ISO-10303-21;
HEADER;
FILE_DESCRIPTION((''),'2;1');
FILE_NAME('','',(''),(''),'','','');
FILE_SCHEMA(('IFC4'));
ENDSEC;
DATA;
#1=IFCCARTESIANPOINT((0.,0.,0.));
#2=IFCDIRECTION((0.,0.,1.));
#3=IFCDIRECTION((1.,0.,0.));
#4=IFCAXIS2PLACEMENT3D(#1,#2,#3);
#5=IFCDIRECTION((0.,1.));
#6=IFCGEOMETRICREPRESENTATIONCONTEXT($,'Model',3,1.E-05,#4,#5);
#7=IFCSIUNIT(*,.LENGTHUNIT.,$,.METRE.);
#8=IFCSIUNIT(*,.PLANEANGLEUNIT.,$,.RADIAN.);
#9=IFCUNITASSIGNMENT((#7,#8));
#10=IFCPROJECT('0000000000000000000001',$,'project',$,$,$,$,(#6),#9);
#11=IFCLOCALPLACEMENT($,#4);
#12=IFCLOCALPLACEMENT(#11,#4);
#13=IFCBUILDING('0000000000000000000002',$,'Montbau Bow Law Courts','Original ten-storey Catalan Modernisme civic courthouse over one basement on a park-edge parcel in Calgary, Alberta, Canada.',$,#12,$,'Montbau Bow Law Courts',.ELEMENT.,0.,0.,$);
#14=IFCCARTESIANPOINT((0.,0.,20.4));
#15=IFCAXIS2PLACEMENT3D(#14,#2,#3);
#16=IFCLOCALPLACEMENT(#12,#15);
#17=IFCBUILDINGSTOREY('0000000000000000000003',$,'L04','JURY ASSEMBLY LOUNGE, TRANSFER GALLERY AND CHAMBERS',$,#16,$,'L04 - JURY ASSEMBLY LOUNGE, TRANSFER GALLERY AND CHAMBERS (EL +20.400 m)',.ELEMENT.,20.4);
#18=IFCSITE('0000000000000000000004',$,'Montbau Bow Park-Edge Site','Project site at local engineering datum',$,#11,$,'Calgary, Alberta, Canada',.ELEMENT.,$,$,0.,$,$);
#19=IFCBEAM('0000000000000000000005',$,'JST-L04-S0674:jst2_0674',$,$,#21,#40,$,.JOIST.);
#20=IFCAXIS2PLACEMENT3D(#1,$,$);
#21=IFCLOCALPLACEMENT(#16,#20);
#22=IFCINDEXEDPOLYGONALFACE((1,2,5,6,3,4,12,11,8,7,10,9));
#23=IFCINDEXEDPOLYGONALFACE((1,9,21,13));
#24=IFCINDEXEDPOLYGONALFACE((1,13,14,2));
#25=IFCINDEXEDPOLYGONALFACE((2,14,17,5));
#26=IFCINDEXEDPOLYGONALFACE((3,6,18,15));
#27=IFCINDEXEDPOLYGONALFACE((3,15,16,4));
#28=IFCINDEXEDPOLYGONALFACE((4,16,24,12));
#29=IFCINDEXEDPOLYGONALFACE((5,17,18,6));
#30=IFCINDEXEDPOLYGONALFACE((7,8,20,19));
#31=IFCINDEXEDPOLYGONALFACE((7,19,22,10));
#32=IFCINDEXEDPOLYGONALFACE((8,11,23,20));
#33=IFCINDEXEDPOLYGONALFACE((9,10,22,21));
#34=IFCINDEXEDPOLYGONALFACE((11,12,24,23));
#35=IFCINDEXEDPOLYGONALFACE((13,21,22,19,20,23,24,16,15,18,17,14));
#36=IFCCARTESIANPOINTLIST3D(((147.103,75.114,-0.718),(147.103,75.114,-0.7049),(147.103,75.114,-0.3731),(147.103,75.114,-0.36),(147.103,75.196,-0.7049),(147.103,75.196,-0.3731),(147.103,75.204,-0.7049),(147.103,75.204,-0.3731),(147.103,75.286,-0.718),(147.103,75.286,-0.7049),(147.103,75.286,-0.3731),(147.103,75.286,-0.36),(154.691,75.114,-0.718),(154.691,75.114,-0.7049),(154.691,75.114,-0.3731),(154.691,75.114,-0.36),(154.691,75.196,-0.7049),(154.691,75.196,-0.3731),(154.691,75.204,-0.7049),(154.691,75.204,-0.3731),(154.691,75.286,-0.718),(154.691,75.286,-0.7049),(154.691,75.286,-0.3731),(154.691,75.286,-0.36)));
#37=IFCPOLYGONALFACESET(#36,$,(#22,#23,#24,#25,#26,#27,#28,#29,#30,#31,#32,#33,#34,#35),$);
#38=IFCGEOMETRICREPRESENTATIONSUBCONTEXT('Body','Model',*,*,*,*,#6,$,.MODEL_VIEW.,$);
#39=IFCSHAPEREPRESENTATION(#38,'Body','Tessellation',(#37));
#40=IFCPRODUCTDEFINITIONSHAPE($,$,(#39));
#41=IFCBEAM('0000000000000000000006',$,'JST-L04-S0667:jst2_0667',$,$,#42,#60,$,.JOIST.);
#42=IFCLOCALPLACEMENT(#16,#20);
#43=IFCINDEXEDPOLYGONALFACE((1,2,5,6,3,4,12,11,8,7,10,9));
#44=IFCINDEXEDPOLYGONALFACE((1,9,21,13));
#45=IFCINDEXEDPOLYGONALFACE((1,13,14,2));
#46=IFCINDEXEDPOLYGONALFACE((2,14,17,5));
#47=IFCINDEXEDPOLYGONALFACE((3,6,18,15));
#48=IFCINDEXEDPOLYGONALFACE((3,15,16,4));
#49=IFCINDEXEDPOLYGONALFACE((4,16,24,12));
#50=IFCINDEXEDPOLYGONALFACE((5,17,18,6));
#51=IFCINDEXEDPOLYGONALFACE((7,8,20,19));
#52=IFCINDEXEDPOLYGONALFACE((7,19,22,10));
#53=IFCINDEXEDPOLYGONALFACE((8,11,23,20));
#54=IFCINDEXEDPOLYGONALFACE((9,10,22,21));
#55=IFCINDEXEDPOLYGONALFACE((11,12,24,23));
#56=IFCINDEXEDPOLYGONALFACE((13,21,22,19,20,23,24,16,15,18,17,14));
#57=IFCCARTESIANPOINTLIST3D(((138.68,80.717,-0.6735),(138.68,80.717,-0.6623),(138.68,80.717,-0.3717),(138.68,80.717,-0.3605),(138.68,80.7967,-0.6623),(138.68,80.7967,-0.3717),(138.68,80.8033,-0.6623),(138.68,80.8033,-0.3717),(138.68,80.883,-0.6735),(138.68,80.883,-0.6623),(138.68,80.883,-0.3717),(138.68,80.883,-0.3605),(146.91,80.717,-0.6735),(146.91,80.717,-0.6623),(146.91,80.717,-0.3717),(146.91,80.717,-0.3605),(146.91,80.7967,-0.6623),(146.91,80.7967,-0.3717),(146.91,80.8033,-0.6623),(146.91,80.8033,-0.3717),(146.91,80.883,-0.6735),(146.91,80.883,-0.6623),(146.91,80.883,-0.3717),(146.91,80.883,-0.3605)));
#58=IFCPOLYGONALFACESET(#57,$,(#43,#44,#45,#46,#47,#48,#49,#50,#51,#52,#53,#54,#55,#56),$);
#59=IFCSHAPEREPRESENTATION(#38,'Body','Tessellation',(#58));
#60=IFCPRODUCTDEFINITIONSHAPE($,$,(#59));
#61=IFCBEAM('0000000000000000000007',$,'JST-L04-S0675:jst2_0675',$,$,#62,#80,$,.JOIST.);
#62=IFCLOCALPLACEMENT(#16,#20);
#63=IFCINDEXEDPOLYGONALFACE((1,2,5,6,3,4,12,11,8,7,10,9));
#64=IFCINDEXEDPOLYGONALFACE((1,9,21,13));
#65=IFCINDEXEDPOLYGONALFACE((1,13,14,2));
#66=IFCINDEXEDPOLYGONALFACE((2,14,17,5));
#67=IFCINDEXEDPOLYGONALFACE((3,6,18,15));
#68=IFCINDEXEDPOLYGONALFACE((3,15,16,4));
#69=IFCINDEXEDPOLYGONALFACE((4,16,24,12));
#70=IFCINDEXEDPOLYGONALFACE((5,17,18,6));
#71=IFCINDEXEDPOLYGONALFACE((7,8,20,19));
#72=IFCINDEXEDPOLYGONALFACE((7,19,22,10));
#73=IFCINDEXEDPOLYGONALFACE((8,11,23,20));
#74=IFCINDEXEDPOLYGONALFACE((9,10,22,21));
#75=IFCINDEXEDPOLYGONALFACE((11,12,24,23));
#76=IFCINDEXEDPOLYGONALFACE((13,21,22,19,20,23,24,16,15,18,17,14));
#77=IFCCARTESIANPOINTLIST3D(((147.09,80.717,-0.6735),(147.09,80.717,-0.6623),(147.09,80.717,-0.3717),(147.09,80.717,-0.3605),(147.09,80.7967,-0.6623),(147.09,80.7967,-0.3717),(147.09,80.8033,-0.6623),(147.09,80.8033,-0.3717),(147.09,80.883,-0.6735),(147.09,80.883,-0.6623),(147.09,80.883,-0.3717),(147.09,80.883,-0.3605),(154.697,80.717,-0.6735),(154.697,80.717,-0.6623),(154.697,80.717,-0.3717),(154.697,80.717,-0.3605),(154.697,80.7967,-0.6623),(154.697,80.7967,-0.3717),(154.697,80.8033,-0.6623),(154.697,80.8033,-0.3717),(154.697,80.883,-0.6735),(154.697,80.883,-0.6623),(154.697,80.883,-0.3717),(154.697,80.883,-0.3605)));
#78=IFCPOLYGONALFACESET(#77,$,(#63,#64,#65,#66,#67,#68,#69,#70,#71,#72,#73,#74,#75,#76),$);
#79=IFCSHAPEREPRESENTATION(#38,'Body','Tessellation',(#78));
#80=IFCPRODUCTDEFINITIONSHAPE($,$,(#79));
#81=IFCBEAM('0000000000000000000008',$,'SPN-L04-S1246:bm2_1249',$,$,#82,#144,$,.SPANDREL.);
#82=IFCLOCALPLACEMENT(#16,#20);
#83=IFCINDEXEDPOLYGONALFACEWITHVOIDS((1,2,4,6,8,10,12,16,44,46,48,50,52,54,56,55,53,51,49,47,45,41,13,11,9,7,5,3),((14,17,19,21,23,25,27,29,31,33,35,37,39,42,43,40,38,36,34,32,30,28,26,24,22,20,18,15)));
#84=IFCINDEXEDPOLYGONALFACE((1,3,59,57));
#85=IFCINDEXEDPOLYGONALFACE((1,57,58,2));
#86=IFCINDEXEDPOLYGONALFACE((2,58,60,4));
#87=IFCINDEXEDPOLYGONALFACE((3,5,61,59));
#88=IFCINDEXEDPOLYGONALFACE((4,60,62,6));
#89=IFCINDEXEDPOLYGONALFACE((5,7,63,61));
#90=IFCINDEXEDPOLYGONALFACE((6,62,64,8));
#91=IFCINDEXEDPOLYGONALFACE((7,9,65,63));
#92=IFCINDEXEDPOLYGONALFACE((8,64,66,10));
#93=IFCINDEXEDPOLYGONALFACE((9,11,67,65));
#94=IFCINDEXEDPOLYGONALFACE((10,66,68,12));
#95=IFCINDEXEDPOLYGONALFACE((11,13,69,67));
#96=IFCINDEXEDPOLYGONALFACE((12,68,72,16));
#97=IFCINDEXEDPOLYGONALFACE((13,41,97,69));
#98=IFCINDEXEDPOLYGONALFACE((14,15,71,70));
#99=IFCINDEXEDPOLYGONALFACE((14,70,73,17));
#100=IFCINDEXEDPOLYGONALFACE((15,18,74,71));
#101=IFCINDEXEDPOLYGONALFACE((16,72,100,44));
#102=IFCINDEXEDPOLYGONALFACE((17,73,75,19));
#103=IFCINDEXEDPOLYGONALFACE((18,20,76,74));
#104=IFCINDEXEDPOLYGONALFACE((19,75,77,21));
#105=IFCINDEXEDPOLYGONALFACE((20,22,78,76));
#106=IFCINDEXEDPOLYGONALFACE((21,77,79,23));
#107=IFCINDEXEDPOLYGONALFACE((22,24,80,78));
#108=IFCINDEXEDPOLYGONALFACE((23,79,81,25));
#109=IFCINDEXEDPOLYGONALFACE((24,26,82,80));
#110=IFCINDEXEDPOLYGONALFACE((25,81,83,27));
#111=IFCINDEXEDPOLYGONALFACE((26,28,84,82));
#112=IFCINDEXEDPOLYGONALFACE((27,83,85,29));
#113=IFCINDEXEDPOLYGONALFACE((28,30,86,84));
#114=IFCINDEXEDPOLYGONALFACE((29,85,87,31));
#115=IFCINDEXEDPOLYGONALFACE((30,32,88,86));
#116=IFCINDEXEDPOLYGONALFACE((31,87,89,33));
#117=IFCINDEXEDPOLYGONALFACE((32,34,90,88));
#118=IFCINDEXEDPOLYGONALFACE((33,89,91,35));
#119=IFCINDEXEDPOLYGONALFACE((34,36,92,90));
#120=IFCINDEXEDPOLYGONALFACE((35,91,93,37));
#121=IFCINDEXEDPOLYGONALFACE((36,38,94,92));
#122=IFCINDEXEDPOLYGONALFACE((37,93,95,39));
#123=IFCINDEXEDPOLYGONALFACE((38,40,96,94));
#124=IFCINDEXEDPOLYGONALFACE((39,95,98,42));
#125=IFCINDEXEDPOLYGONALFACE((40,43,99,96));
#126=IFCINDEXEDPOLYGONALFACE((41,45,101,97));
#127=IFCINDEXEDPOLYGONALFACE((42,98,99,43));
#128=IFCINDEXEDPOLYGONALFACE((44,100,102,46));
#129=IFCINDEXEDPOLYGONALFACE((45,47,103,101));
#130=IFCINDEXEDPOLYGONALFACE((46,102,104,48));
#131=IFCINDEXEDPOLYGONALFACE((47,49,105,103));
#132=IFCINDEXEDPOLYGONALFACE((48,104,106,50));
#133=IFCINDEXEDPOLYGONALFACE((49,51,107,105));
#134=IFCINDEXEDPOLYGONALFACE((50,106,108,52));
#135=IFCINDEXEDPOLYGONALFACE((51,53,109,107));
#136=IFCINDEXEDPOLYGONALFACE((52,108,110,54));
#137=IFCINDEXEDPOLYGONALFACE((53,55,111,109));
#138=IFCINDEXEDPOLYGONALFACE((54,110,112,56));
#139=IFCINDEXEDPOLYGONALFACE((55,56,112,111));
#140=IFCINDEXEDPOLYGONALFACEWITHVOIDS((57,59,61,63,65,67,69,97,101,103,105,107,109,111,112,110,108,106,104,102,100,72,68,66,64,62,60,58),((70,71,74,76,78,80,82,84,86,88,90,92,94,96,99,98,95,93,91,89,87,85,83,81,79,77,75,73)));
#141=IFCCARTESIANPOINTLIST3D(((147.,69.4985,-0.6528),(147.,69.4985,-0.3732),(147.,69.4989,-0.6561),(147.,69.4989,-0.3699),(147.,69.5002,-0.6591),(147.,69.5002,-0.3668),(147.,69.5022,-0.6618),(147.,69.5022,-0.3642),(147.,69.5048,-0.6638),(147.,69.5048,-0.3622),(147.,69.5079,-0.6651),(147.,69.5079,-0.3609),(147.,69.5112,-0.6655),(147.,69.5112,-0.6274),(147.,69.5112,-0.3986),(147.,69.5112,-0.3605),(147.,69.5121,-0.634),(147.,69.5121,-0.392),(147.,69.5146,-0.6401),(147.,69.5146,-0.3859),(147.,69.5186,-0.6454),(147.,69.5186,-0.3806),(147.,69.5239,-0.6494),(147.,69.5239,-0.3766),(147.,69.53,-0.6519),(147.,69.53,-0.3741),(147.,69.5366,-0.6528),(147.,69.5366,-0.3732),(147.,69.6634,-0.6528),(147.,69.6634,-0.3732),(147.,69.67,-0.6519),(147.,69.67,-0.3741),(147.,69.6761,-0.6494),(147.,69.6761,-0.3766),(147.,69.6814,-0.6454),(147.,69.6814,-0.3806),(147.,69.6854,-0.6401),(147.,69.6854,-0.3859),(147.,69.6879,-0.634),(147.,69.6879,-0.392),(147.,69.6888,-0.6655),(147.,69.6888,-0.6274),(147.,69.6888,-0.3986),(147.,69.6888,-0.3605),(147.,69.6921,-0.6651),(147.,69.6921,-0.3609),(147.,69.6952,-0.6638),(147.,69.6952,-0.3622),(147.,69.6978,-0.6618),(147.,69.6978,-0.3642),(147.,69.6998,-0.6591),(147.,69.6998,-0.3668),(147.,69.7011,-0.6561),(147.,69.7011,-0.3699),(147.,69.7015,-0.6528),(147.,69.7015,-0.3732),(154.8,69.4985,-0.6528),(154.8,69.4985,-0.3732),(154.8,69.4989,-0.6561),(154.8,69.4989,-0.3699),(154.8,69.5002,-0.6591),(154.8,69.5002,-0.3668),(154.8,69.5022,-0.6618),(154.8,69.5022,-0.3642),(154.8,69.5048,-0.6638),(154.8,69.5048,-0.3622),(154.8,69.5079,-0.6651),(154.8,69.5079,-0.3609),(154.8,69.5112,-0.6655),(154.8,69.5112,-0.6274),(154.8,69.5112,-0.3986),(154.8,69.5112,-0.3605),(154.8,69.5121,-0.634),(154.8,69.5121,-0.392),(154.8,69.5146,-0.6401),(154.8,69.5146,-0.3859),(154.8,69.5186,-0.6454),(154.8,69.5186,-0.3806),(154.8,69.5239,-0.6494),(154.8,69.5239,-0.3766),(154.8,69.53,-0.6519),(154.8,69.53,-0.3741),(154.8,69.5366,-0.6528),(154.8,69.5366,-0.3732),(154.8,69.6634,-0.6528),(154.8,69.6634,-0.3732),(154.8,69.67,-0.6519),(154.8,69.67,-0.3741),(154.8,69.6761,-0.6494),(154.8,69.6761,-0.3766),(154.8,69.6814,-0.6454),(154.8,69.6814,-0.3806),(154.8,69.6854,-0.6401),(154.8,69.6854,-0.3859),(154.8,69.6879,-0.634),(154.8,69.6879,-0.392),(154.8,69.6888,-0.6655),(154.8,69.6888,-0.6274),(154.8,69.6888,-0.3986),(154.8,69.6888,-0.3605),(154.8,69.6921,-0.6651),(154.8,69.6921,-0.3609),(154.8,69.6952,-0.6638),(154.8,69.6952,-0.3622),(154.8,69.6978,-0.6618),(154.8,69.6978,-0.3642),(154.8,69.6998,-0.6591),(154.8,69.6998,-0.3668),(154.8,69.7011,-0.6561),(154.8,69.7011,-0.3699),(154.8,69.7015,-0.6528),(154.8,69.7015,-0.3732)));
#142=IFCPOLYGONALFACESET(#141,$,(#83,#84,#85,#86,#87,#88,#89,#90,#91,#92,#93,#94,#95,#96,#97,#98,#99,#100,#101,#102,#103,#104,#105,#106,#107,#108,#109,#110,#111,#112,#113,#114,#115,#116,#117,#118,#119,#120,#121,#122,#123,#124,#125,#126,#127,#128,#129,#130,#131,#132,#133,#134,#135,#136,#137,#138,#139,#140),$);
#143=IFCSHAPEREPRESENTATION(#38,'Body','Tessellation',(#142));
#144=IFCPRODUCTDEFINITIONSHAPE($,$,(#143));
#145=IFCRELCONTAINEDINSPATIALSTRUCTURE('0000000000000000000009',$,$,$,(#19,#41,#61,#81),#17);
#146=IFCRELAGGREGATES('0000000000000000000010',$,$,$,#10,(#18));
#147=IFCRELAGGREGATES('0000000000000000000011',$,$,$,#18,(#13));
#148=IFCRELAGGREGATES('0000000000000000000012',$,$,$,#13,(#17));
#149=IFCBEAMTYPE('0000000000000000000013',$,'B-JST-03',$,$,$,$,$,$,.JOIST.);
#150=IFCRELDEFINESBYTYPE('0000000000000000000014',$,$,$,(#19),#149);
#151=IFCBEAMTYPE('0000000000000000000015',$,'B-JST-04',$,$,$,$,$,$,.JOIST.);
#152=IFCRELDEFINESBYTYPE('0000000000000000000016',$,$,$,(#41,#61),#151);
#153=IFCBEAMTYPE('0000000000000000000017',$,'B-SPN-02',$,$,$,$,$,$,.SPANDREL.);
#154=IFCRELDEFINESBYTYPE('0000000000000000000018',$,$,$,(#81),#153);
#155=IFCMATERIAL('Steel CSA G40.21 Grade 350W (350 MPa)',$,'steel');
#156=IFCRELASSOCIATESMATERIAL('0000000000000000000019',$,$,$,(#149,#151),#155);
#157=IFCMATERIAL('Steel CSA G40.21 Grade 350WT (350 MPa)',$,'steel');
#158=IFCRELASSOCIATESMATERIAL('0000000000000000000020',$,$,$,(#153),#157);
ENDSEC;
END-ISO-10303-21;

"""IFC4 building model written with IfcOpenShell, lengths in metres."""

from ifc_helpers import new_model, si_unit, direction, frame, origin_with_axes, origin_2d_with_axis, place, context, subcontext, project, spatial, hollow_rectangle, i_section, extrude, material, material_profile, profile_set, type_object, element, save


model = new_model("IFC4")

# Units and contexts
model_context = context("Model", 3, precision=1e-05, world=origin_with_axes(), true_north=direction((0.0, 1.0)))
body_context = subcontext(model_context, "Body", "Model", "MODEL_VIEW")
ifc_project = project(units=[si_unit("LENGTHUNIT", "METRE"), si_unit("PLANEANGLEUNIT", "RADIAN")], contexts=[model_context])

# Site, building, storey
site_placement = place(None, origin_with_axes())
site = spatial("IfcSite", under=ifc_project, at=site_placement, Name="Montbau Bow Park-Edge Site", Description="Project site at local engineering datum", LongName="Calgary, Alberta, Canada", CompositionType="ELEMENT", RefElevation=0.0)
building_placement = place(site_placement, origin_with_axes())
building = spatial("IfcBuilding", under=site, at=building_placement, Name="Montbau Bow Law Courts", Description="Original ten-storey Catalan Modernisme civic courthouse over one basement on a park-edge parcel in Calgary, Alberta, Canada.", LongName="Montbau Bow Law Courts", CompositionType="ELEMENT", ElevationOfRefHeight=0.0, ElevationOfTerrain=0.0)
storey_placement = place(building_placement, frame((0.0, 0.0, 20.4), z_axis=(0.0, 0.0, 1.0), x_axis=(1.0, 0.0, 0.0)))
storey = spatial("IfcBuildingStorey", under=building, at=storey_placement, Name="L04", Description="JURY ASSEMBLY LOUNGE, TRANSFER GALLERY AND CHAMBERS", LongName="L04 - JURY ASSEMBLY LOUNGE, TRANSFER GALLERY AND CHAMBERS (EL +20.400 m)", CompositionType="ELEMENT", Elevation=20.4)

# Beams
ifc_material_1 = material(Name="Steel CSA G40.21 Grade 350W (350 MPa)", Category="steel")
ifc_material_profile_1 = material_profile(ifc_material_1, i_section(OverallWidth=0.172, OverallDepth=0.358, WebThickness=0.0079, FlangeThickness=0.0131, at=origin_2d_with_axis()), Name="W360X57", Category="Main", Priority=0)
ifc_profile_set_1 = profile_set([ifc_material_profile_1], Name="Steel CSA G40.21 Grade 350W (350 MPa)")
beam_type_1 = type_object("IfcBeamType", Name="B-JST-03", PredefinedType="JOIST", material=ifc_profile_set_1)
beam_1_placement = place(None, frame((147.103, 75.2, 19.861), z_axis=(1.0, 0.0, 0.0), x_axis=(0.0, 1.0, 0.0)))
element("IfcBeam", 1, at=beam_1_placement, inside=storey, type_object=beam_type_1, Name="JST-L04-S0674:jst2_0674", PredefinedType="JOIST", context=body_context, shape_type="SweptSolid", body=[
    extrude(i_section(OverallWidth=0.172, OverallDepth=0.358, WebThickness=0.0079, FlangeThickness=0.0131, at=origin_2d_with_axis()), origin_with_axes(), (0.0, 0.0, 1.0), 7.588),
])
ifc_material_profile_2 = material_profile(ifc_material_1, i_section(OverallWidth=0.166, OverallDepth=0.313, WebThickness=0.0066, FlangeThickness=0.0112, at=origin_2d_with_axis()), Name="W310X45", Category="Main", Priority=0)
ifc_profile_set_2 = profile_set([ifc_material_profile_2], Name="Steel CSA G40.21 Grade 350W (350 MPa)")
beam_type_2 = type_object("IfcBeamType", Name="B-JST-04", PredefinedType="JOIST", material=ifc_profile_set_2)
beam_2_placement = place(None, frame((138.68, 80.8, 19.883), z_axis=(1.0, 0.0, 0.0), x_axis=(0.0, 1.0, 0.0)))
element("IfcBeam", 2, at=beam_2_placement, inside=storey, type_object=beam_type_2, Name="JST-L04-S0667:jst2_0667", PredefinedType="JOIST", context=body_context, shape_type="SweptSolid", body=[
    extrude(i_section(OverallWidth=0.166, OverallDepth=0.313, WebThickness=0.0066, FlangeThickness=0.0112, at=origin_2d_with_axis()), origin_with_axes(), (0.0, 0.0, 1.0), 8.23),
])
beam_3_placement = place(None, frame((147.09, 80.8, 19.883), z_axis=(1.0, 0.0, 0.0), x_axis=(0.0, 1.0, 0.0)))
element("IfcBeam", 3, at=beam_3_placement, inside=storey, type_object=beam_type_2, Name="JST-L04-S0675:jst2_0675", PredefinedType="JOIST", context=body_context, shape_type="SweptSolid", body=[
    extrude(i_section(OverallWidth=0.166, OverallDepth=0.313, WebThickness=0.0066, FlangeThickness=0.0112, at=origin_2d_with_axis()), origin_with_axes(), (0.0, 0.0, 1.0), 7.607),
])
ifc_material_2 = material(Name="Steel CSA G40.21 Grade 350WT (350 MPa)", Category="steel")
ifc_material_profile_3 = material_profile(ifc_material_2, hollow_rectangle(XDim=0.203, YDim=0.305, WallThickness=0.0127, InnerFilletRadius=0.0254, OuterFilletRadius=0.0127, at=origin_2d_with_axis()), Name="HSS305X203X13", Category="Main", Priority=0)
ifc_profile_set_3 = profile_set([ifc_material_profile_3], Name="Steel CSA G40.21 Grade 350WT (350 MPa)")
beam_type_3 = type_object("IfcBeamType", Name="B-SPN-02", PredefinedType="SPANDREL", material=ifc_profile_set_3)
beam_4_placement = place(None, frame((147.0, 69.6, 19.887), z_axis=(1.0, 0.0, 0.0), x_axis=(0.0, 1.0, 0.0)))
element("IfcBeam", 4, at=beam_4_placement, inside=storey, type_object=beam_type_3, Name="SPN-L04-S1246:bm2_1249", PredefinedType="SPANDREL", context=body_context, shape_type="SweptSolid", body=[
    extrude(hollow_rectangle(XDim=0.203, YDim=0.305, WallThickness=0.0127, InnerFilletRadius=0.0254, OuterFilletRadius=0.0127, at=origin_2d_with_axis()), origin_with_axes(), (0.0, 0.0, 1.0), 7.8),
])

save(model, "model.ifc")
